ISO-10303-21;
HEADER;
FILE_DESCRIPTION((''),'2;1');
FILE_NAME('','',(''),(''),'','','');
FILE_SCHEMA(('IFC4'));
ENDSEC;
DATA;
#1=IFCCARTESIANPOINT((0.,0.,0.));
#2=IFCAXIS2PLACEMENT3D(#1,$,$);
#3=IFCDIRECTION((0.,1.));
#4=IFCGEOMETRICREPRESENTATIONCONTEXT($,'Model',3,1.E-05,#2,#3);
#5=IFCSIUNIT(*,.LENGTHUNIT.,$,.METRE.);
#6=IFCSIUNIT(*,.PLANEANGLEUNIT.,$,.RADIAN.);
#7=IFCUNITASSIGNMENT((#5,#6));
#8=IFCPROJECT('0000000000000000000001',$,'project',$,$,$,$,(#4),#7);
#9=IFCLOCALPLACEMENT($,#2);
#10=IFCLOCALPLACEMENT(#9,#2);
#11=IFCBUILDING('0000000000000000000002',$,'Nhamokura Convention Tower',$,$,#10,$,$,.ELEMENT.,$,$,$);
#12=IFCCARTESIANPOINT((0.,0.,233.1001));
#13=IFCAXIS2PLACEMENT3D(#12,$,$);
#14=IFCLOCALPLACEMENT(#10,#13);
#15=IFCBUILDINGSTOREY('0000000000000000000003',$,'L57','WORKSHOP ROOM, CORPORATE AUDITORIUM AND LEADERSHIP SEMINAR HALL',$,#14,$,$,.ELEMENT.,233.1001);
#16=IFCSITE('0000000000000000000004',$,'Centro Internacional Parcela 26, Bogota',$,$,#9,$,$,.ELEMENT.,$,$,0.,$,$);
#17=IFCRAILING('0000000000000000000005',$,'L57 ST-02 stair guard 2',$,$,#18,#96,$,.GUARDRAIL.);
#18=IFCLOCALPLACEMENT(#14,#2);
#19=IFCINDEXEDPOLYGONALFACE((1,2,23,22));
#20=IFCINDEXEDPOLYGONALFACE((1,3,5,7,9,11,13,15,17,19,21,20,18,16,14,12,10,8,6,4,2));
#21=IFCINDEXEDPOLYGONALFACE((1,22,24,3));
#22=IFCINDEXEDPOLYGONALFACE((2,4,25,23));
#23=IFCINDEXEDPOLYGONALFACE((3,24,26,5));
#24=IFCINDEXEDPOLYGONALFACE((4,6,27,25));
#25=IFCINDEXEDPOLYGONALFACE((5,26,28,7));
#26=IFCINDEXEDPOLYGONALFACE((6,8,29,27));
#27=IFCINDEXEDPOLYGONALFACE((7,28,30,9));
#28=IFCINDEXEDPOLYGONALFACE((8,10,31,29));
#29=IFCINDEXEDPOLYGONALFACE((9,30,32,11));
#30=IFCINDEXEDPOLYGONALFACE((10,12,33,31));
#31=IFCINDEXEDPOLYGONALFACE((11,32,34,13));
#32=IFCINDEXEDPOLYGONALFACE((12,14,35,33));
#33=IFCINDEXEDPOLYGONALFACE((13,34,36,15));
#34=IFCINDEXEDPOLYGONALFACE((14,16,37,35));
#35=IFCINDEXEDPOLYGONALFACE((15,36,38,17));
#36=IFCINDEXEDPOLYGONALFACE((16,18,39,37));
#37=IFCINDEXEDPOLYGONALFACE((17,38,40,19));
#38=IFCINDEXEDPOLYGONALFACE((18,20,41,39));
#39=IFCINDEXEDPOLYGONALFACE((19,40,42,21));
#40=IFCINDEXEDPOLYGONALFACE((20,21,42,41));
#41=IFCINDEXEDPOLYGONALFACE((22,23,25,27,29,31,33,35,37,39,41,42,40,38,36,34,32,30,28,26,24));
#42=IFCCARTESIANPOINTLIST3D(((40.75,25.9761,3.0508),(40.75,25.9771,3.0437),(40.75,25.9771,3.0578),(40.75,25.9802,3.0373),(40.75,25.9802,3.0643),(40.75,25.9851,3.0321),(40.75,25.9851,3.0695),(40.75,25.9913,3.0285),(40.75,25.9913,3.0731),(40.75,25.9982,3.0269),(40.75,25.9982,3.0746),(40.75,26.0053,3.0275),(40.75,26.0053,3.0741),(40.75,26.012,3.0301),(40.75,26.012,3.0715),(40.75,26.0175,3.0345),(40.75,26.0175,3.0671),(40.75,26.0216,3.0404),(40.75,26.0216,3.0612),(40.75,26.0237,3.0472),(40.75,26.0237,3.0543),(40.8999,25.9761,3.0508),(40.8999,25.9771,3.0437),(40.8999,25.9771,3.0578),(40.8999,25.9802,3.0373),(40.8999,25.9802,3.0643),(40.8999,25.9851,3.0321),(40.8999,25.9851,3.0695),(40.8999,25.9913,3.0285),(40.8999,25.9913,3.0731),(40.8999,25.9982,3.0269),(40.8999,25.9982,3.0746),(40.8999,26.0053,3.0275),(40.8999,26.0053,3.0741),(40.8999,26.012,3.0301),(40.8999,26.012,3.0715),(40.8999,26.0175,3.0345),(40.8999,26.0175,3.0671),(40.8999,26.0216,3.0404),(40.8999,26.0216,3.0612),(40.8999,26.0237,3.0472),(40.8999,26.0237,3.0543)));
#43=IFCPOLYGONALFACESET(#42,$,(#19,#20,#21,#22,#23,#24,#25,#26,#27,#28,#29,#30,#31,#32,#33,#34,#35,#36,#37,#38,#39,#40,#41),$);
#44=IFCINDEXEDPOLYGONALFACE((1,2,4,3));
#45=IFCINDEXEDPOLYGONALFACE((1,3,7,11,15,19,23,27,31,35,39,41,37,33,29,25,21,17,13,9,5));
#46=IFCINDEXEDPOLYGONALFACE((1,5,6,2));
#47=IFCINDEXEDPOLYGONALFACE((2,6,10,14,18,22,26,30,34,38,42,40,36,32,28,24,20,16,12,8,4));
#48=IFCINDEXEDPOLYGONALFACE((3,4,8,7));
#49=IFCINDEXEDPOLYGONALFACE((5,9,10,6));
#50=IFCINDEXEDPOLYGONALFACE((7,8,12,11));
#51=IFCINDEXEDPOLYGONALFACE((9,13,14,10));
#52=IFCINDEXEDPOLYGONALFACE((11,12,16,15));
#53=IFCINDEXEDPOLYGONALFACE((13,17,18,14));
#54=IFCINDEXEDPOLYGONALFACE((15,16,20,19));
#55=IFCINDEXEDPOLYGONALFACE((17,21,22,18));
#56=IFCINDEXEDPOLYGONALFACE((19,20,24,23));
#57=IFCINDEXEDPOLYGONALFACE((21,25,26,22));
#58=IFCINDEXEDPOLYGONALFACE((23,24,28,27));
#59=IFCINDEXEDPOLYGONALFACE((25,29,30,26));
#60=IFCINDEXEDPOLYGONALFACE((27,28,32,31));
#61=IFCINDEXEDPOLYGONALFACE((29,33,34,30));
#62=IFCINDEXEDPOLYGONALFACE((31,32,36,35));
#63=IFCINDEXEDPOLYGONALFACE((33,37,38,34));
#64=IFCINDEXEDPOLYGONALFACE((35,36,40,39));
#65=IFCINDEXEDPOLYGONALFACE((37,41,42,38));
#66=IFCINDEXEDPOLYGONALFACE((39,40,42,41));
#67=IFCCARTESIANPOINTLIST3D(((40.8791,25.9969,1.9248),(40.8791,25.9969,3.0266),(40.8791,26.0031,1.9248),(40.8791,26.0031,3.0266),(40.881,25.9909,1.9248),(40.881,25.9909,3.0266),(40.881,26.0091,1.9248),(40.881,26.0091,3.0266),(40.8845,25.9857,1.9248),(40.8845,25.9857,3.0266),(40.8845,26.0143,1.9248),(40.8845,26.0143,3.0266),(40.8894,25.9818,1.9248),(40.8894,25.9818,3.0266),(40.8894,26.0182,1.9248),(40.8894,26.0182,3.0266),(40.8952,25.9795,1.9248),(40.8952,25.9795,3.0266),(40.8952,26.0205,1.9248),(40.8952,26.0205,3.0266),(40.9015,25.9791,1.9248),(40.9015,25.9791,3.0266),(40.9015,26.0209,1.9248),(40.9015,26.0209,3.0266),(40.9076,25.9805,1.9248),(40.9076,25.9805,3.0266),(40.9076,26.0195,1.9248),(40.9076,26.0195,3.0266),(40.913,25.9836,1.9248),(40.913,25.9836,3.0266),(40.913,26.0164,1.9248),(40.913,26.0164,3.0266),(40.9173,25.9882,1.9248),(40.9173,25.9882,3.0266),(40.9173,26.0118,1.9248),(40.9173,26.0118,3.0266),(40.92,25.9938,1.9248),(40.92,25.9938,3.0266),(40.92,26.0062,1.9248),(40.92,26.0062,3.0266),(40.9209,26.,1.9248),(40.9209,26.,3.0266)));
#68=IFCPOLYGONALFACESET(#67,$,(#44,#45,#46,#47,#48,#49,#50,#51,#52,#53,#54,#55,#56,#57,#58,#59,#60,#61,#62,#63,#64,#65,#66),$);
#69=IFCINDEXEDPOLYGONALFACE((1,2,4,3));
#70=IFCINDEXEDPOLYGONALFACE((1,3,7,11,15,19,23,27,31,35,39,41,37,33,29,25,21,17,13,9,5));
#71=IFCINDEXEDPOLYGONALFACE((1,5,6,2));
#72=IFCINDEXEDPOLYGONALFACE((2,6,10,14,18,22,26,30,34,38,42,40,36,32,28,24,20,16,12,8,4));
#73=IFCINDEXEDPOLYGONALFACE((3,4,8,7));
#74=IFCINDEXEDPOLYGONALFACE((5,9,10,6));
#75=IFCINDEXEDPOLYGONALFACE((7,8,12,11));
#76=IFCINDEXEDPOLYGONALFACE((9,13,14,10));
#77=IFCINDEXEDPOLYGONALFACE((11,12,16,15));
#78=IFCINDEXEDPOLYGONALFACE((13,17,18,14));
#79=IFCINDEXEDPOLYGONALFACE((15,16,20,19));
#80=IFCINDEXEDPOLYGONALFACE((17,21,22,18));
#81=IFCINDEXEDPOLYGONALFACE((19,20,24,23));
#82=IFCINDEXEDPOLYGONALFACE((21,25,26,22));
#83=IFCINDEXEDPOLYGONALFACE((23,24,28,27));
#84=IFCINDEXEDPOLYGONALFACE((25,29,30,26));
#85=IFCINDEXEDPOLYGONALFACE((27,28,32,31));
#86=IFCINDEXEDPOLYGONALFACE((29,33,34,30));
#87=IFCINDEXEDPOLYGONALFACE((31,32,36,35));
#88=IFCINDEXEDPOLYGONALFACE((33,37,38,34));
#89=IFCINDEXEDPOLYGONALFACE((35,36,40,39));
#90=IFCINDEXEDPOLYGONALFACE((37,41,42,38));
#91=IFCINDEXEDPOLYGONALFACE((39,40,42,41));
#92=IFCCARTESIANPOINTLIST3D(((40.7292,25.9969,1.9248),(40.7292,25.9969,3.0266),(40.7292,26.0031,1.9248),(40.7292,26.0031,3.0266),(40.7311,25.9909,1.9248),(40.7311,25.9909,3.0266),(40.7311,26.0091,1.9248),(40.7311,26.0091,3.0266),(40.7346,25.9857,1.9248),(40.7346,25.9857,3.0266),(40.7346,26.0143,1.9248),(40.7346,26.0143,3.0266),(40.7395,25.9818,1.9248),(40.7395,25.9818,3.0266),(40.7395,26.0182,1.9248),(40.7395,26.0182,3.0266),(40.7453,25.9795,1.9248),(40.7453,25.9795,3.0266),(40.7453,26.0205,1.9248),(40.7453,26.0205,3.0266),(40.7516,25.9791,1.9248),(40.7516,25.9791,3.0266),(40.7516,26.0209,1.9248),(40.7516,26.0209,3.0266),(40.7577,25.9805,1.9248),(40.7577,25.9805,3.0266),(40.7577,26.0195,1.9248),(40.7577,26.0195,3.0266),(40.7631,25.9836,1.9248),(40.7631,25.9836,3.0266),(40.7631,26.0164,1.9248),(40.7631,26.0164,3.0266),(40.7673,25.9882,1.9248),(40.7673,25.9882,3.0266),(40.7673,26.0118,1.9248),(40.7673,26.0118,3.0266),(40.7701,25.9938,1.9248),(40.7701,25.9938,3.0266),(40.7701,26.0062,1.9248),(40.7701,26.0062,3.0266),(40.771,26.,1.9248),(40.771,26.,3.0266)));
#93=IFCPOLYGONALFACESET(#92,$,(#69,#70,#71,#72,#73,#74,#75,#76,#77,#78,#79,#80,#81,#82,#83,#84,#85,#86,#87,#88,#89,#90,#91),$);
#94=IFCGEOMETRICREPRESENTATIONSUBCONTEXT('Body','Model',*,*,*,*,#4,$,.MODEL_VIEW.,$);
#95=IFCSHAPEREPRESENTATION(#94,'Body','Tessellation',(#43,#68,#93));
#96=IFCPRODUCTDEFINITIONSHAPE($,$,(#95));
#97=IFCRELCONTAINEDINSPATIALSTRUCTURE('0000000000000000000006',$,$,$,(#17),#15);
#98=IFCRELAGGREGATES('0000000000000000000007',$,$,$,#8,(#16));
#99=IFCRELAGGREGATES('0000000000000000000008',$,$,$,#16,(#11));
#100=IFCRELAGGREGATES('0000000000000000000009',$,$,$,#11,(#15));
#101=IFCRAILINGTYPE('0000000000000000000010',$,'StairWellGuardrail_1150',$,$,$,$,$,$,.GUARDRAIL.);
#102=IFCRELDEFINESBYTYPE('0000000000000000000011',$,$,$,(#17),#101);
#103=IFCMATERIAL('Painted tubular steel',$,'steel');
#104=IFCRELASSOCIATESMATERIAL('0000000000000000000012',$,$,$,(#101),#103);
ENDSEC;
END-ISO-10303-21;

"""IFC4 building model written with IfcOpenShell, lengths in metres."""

from ifc_helpers import new_model, si_unit, direction, frame, origin, origin_2d, place, context, subcontext, project, spatial, circle, extrude, material, type_object, element, save


model = new_model("IFC4")

# Units and contexts
model_context = context("Model", 3, precision=1e-05, world=origin(), true_north=direction((0.0, 1.0)))
body_context = subcontext(model_context, "Body", "Model", "MODEL_VIEW")
ifc_project = project(units=[si_unit("LENGTHUNIT", "METRE"), si_unit("PLANEANGLEUNIT", "RADIAN")], contexts=[model_context])

# Site, building, storey
site_placement = place(None, origin())
site = spatial("IfcSite", under=ifc_project, at=site_placement, Name="Centro Internacional Parcela 26, Bogota", CompositionType="ELEMENT", RefElevation=0.0)
building_placement = place(site_placement, origin())
building = spatial("IfcBuilding", under=site, at=building_placement, Name="Nhamokura Convention Tower", CompositionType="ELEMENT")
storey_placement = place(building_placement, frame((0.0, 0.0, 233.1001)))
storey = spatial("IfcBuildingStorey", under=building, at=storey_placement, Name="L57", Description="WORKSHOP ROOM, CORPORATE AUDITORIUM AND LEADERSHIP SEMINAR HALL", CompositionType="ELEMENT", Elevation=233.1001)

# Railing
ifc_material_1 = material(Name="Painted tubular steel", Category="steel")
railing_type_1 = type_object("IfcRailingType", Name="StairWellGuardrail_1150", PredefinedType="GUARDRAIL", material=ifc_material_1)
railing_1_placement = place(storey_placement, frame((40.8999, 26.0, 1.9248)))
element("IfcRailing", 1, at=railing_1_placement, inside=storey, type_object=railing_type_1, Name="L57 ST-02 stair guard 2", PredefinedType="GUARDRAIL", context=body_context, shape_type="SweptSolid", body=[
    extrude(circle(Radius=0.0239, at=origin_2d()), frame((0.0, 0.0, 1.126), z_axis=(-1.0, 0.0, 0.0), x_axis=(0.0, -1.0, 0.0)), (0.0, 0.0, 1.0), 0.1499),
    extrude(circle(Radius=0.021, at=origin_2d()), origin(), (0.0, 0.0, 1.0), 1.1018),
    extrude(circle(Radius=0.021, at=origin_2d()), frame((-0.1499, 0.0, 0.0)), (0.0, 0.0, 1.0), 1.1018),
])

save(model, "model.ifc")
